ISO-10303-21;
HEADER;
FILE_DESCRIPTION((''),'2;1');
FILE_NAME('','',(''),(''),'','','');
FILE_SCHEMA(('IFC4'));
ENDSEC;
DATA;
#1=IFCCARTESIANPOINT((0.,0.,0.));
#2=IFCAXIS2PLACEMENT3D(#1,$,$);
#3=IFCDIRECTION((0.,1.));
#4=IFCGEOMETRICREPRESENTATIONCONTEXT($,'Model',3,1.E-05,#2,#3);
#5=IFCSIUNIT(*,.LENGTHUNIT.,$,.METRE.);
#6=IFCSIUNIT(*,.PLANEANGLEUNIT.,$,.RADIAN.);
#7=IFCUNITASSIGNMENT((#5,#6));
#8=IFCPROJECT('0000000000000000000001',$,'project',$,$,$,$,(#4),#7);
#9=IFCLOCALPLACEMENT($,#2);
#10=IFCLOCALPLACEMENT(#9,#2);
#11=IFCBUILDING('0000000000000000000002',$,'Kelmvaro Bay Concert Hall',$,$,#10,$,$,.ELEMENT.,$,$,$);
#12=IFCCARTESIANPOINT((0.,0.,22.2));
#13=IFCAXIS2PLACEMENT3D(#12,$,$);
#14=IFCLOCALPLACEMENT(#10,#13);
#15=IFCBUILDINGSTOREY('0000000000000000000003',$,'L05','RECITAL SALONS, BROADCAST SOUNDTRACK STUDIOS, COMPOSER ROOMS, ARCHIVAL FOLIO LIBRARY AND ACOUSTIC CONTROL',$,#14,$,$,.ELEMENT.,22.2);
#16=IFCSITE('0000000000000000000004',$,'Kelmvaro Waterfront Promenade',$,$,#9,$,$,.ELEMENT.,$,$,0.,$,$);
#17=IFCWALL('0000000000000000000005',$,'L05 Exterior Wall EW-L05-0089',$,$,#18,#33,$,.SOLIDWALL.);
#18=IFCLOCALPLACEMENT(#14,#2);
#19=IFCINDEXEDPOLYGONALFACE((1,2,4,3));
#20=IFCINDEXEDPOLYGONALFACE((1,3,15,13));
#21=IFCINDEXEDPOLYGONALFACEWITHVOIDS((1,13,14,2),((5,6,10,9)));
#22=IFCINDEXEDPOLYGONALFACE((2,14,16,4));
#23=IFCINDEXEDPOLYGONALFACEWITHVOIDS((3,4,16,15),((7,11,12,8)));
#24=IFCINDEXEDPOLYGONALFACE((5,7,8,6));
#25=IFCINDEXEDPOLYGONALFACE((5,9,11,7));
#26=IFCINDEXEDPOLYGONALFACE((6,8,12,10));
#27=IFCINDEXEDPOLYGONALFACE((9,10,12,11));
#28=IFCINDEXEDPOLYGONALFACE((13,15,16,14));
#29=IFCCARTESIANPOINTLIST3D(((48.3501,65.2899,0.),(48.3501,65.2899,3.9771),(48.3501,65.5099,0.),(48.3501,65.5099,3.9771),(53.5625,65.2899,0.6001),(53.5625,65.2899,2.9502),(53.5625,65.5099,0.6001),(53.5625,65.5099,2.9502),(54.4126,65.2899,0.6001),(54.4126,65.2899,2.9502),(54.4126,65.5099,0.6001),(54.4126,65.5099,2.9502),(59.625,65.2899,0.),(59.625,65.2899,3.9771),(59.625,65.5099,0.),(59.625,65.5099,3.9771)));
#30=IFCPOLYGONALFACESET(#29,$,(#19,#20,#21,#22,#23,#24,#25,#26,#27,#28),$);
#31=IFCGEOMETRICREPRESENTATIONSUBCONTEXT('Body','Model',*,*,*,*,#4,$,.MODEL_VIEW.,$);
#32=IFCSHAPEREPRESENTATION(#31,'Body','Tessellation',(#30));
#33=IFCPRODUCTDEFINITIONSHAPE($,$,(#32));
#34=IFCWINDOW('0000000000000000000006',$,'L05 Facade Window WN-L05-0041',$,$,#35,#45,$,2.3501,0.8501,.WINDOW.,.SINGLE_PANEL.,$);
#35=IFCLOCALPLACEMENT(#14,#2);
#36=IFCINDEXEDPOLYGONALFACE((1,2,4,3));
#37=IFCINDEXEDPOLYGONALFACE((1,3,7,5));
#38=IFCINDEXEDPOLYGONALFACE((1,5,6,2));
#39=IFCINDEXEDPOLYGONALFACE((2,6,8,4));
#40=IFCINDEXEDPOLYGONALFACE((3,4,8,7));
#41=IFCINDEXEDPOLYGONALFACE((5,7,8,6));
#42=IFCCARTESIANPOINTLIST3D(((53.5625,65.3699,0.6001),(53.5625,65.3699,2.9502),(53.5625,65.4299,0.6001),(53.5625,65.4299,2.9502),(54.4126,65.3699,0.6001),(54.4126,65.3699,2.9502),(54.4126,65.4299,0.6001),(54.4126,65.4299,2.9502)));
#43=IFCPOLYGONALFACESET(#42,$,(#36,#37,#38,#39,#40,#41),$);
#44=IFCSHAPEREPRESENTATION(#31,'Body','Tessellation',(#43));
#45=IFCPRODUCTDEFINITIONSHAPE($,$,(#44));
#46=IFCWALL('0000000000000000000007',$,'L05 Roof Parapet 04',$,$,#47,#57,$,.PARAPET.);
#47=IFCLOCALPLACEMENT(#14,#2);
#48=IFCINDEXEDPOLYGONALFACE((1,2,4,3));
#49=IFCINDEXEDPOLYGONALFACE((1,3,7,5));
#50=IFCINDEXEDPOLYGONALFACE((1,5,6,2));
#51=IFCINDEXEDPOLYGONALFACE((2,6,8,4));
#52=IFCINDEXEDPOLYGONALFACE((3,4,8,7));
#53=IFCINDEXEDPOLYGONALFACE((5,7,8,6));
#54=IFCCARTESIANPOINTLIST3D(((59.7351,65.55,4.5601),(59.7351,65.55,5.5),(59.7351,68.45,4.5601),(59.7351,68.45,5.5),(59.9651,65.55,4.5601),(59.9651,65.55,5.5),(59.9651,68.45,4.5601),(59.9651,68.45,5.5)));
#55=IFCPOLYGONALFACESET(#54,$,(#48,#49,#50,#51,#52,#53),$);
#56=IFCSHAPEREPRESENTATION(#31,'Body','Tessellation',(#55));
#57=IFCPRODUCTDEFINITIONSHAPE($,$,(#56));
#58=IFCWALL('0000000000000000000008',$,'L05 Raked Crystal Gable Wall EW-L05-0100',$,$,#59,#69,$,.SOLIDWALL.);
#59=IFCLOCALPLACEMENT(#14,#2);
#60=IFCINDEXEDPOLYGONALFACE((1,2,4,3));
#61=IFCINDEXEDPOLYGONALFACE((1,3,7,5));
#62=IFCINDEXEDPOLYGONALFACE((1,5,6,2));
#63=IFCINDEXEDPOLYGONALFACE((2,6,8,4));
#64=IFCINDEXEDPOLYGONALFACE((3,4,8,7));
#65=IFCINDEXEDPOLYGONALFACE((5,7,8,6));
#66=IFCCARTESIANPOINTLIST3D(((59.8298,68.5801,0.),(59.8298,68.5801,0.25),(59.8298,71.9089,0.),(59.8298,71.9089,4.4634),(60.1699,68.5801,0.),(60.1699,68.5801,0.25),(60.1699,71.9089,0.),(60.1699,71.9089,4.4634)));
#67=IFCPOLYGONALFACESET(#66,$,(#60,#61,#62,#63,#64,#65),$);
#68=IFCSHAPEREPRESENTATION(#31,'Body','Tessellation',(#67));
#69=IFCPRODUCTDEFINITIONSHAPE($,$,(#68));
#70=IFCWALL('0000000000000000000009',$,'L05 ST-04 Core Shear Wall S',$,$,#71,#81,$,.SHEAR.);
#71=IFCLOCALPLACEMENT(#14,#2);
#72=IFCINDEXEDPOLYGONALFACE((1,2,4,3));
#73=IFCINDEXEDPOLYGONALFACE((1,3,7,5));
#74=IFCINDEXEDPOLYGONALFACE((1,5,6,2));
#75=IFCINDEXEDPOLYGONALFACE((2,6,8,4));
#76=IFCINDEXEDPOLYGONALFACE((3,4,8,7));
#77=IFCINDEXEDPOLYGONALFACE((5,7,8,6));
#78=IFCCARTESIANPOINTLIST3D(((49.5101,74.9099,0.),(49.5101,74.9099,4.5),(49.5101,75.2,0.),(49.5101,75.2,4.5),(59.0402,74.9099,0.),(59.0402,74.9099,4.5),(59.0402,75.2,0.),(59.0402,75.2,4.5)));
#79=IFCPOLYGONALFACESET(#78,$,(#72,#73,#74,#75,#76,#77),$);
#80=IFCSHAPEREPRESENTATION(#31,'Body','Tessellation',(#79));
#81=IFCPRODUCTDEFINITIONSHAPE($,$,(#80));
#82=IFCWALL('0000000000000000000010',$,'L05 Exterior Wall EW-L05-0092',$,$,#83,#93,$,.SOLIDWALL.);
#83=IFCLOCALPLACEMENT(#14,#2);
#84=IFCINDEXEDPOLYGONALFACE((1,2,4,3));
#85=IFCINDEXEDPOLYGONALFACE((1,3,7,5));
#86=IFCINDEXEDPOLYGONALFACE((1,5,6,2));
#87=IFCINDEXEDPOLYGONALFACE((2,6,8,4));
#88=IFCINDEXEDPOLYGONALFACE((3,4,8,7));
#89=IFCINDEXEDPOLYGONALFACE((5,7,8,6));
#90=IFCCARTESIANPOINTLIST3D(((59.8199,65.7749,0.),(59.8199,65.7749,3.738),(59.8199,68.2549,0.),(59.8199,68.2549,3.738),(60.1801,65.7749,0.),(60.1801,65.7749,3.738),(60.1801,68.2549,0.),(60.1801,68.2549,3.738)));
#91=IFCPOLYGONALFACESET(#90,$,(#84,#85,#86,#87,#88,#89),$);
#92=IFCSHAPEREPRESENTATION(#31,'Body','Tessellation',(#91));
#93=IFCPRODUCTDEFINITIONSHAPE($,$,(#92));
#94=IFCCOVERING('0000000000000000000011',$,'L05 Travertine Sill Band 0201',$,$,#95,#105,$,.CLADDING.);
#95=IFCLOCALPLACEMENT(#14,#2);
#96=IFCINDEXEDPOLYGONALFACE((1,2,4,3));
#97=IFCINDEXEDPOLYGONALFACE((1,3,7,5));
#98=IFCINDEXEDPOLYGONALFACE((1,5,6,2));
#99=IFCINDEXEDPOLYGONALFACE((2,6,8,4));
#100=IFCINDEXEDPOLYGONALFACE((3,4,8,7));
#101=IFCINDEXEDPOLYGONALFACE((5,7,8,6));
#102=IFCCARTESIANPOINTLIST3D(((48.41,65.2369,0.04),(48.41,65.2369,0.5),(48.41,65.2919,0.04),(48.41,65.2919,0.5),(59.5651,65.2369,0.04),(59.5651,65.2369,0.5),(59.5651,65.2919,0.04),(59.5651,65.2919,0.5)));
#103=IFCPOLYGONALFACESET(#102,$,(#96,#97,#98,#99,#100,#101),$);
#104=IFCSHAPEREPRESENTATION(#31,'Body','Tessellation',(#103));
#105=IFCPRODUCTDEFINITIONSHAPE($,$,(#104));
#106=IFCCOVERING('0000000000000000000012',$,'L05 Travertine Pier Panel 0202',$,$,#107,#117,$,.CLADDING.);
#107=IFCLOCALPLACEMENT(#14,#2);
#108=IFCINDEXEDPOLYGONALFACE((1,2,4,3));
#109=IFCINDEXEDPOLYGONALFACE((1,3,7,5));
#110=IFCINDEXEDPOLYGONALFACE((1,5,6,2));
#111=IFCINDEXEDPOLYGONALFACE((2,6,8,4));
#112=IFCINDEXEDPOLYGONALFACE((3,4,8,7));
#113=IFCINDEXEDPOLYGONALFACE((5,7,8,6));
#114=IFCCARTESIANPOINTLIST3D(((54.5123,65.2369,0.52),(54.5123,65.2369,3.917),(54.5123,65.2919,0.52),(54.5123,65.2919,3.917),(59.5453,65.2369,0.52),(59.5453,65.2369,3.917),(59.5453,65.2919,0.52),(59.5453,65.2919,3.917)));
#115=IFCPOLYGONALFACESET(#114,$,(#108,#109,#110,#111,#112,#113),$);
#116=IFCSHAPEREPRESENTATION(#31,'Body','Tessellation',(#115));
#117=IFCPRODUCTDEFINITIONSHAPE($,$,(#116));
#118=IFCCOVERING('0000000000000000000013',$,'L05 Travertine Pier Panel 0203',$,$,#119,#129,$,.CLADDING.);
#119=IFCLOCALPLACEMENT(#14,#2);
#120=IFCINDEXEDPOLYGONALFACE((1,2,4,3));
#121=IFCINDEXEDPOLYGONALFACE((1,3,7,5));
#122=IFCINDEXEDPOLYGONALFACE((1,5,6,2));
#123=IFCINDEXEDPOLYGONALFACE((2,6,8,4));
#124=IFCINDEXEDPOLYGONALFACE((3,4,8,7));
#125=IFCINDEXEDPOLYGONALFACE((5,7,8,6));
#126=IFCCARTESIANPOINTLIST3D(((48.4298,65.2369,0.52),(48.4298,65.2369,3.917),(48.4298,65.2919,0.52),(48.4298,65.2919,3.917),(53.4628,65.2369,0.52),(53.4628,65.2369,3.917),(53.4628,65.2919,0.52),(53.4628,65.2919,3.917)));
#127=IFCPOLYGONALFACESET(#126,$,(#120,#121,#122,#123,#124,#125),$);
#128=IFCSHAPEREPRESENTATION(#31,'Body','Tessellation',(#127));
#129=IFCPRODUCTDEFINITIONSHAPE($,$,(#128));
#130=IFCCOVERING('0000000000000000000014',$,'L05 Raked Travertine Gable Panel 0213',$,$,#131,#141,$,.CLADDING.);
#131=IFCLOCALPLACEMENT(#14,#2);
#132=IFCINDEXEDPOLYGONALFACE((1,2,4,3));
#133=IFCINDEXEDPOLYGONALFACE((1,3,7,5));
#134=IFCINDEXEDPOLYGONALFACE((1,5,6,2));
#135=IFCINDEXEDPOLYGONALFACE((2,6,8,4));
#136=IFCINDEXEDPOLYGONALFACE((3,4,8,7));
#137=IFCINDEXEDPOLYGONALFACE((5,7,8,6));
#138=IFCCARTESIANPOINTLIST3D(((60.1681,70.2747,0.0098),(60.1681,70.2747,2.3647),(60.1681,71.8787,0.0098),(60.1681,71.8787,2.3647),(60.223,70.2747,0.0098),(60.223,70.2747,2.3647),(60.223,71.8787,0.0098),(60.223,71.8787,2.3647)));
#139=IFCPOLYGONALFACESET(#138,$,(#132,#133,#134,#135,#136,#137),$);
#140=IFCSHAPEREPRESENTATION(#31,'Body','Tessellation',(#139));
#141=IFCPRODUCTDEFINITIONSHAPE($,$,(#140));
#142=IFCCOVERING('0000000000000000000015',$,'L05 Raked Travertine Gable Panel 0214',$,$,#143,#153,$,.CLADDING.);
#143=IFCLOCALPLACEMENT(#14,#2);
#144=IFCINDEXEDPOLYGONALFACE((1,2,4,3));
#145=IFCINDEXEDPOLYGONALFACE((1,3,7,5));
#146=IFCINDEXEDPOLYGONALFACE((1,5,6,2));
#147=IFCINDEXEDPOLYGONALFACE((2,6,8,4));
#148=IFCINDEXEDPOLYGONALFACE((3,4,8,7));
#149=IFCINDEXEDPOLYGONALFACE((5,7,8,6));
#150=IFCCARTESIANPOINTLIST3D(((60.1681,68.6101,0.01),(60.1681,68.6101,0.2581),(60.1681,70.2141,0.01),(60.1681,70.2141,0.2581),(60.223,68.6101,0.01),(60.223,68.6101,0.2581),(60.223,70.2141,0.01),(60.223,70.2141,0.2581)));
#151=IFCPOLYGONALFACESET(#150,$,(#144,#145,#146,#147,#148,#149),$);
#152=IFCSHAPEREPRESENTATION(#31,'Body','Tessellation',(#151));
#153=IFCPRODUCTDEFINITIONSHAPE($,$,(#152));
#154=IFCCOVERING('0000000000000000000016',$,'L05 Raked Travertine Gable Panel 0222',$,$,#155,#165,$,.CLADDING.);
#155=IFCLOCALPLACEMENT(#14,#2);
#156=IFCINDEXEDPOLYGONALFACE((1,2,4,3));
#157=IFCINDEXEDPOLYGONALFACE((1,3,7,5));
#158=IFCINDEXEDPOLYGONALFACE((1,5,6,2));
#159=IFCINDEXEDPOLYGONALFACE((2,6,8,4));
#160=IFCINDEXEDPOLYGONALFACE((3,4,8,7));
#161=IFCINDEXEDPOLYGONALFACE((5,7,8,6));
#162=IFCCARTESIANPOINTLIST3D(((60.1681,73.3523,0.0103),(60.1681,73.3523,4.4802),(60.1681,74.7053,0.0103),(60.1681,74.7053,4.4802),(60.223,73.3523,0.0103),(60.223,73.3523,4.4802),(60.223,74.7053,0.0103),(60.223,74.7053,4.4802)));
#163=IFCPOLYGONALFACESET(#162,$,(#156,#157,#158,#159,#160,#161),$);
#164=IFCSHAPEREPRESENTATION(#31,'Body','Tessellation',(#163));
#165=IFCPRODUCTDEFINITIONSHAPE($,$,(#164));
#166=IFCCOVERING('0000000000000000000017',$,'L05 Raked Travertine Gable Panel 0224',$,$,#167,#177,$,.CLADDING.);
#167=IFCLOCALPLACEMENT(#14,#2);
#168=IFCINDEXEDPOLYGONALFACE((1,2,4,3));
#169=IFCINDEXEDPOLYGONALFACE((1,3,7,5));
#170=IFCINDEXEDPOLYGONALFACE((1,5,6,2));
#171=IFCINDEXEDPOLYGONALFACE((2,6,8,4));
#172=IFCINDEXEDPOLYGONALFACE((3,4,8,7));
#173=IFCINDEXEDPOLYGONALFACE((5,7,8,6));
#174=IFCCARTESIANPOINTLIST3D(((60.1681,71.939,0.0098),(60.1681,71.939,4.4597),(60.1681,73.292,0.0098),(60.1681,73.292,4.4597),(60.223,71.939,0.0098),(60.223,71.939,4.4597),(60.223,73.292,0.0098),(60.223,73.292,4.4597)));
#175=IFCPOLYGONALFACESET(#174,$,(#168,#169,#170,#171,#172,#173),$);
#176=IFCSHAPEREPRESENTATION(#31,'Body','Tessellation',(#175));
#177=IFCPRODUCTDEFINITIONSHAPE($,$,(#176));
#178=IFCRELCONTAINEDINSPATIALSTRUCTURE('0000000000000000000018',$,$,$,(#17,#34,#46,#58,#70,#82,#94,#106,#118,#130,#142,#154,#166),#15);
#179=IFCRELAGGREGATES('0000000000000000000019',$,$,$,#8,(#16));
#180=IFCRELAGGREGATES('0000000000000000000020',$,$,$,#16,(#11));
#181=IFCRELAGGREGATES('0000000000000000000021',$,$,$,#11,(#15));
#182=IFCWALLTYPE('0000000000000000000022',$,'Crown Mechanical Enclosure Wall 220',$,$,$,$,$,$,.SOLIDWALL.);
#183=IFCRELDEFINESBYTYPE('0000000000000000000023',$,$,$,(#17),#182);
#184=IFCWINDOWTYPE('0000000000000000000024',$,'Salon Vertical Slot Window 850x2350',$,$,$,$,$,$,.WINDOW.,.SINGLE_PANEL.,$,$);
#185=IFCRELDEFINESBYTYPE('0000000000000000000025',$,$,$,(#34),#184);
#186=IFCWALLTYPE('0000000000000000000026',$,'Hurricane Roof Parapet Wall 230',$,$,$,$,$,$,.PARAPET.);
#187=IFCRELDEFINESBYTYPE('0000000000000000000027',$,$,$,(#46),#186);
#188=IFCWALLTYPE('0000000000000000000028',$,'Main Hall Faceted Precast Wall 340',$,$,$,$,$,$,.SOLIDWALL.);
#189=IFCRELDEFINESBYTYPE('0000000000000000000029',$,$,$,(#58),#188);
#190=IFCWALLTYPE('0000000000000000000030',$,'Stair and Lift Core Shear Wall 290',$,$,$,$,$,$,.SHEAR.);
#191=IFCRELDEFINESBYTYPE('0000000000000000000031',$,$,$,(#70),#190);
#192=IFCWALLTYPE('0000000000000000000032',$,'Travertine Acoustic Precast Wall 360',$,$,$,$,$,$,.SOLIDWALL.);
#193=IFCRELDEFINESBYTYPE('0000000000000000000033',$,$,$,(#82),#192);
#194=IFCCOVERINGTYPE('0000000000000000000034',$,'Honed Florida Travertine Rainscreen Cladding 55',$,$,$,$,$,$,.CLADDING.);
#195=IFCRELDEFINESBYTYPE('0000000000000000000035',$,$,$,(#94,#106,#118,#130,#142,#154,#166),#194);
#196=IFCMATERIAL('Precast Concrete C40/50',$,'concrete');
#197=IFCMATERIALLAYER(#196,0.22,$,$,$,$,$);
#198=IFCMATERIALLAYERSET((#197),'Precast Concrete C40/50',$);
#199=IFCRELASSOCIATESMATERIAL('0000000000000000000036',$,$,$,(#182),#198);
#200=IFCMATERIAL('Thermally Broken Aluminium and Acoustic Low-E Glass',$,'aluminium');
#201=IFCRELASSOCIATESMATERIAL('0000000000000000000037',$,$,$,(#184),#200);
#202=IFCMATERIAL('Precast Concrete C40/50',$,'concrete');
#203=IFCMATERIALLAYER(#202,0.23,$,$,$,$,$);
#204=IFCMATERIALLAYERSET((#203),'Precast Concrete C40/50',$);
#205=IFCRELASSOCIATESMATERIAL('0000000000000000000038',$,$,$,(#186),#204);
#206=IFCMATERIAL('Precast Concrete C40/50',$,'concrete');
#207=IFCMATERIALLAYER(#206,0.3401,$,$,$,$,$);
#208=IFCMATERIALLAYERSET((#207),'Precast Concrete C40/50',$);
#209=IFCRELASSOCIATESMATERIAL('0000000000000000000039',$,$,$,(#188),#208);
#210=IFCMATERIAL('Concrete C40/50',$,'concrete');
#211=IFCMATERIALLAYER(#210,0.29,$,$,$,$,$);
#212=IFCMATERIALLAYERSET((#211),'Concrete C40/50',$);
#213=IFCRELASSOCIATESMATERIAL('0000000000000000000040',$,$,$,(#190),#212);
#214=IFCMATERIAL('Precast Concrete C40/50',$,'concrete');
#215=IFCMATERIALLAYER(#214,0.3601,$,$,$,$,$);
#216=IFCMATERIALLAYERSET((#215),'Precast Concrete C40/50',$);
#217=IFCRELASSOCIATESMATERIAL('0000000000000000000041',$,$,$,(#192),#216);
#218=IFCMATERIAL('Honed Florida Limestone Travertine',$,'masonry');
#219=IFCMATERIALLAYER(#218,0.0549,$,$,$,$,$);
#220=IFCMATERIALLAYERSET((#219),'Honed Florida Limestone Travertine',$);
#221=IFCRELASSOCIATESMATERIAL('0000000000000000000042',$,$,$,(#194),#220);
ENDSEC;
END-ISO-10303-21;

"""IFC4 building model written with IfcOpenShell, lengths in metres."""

from ifc_helpers import new_model, si_unit, direction, frame, frame_2d, origin, origin_2d, place, context, subcontext, project, spatial, polyline, rectangle, outline, extrude, material, layer, layer_set, type_object, element, fill, save


model = new_model("IFC4")

# Units and contexts
model_context = context("Model", 3, precision=1e-05, world=origin(), true_north=direction((0.0, 1.0)))
body_context = subcontext(model_context, "Body", "Model", "MODEL_VIEW")
ifc_project = project(units=[si_unit("LENGTHUNIT", "METRE"), si_unit("PLANEANGLEUNIT", "RADIAN")], contexts=[model_context])

# Site, building, storey
site_placement = place(None, origin())
site = spatial("IfcSite", under=ifc_project, at=site_placement, Name="Kelmvaro Waterfront Promenade", CompositionType="ELEMENT", RefElevation=0.0)
building_placement = place(site_placement, origin())
building = spatial("IfcBuilding", under=site, at=building_placement, Name="Kelmvaro Bay Concert Hall", CompositionType="ELEMENT")
storey_placement = place(building_placement, frame((0.0, 0.0, 22.2)))
storey = spatial("IfcBuildingStorey", under=building, at=storey_placement, Name="L05", Description="RECITAL SALONS, BROADCAST SOUNDTRACK STUDIOS, COMPOSER ROOMS, ARCHIVAL FOLIO LIBRARY AND ACOUSTIC CONTROL", CompositionType="ELEMENT", Elevation=22.2)

# Wall, opening, window
ifc_material_1 = material(Name="Precast Concrete C40/50", Category="concrete")
ifc_layer_1 = layer(ifc_material_1, 0.22)
ifc_layer_set_1 = layer_set([ifc_layer_1], Name="Precast Concrete C40/50")
wall_type_1 = type_object("IfcWallType", Name="Crown Mechanical Enclosure Wall 220", PredefinedType="SOLIDWALL", material=ifc_layer_set_1)
wall_1_placement = place(storey_placement, frame((59.625, 65.3999, 0.0), z_axis=(0.0, 0.0, 1.0), x_axis=(-1.0, 0.0, 0.0)))
wall_1 = element("IfcWall", 1, at=wall_1_placement, inside=storey, type_object=wall_type_1, Name="L05 Exterior Wall EW-L05-0089", PredefinedType="SOLIDWALL", context=body_context, shape_type="SweptSolid", body=[
    extrude(rectangle(XDim=11.2749, YDim=0.22, at=frame_2d((5.6375, 0.0))), origin(), (0.0, 0.0, 1.0), 3.9771),
])
opening_placement = place(wall_1_placement, frame((5.2124, 0.0, 0.6001)))
opening = element("IfcOpeningElement", 2, at=opening_placement, cuts=wall_1, PredefinedType="OPENING", context=body_context, shape_type="SweptSolid", body=[
    extrude(rectangle(XDim=0.8501, YDim=2.3501, at=frame_2d((0.425, 1.175))), frame((0.0, 0.1199, 0.0), z_axis=(0.0, -1.0, 0.0), x_axis=(1.0, 0.0, 0.0)), (0.0, 0.0, 1.0), 0.24),
])
ifc_material_2 = material(Name="Thermally Broken Aluminium and Acoustic Low-E Glass", Category="aluminium")
window_type = type_object("IfcWindowType", Name="Salon Vertical Slot Window 850x2350", PartitioningType="SINGLE_PANEL", PredefinedType="WINDOW", material=ifc_material_2)
window_placement = place(opening_placement, origin())
window = element("IfcWindow", 3, at=window_placement, inside=storey, type_object=window_type, Name="L05 Facade Window WN-L05-0041", OverallHeight=2.3501, OverallWidth=0.8501, PartitioningType="SINGLE_PANEL", PredefinedType="WINDOW", context=body_context, shape_type="SweptSolid", body=[
    extrude(rectangle(XDim=0.8501, YDim=2.3501, at=frame_2d((0.425, 1.175))), frame((0.0, 0.03, 0.0), z_axis=(0.0, -1.0, 0.0), x_axis=(1.0, 0.0, 0.0)), (0.0, 0.0, 1.0), 0.0601),
])
fill(opening, window)

# Walls
ifc_material_3 = material(Name="Precast Concrete C40/50", Category="concrete")
ifc_layer_2 = layer(ifc_material_3, 0.23)
ifc_layer_set_2 = layer_set([ifc_layer_2], Name="Precast Concrete C40/50")
wall_type_2 = type_object("IfcWallType", Name="Hurricane Roof Parapet Wall 230", PredefinedType="PARAPET", material=ifc_layer_set_2)
wall_2_placement = place(storey_placement, frame((59.8501, 65.55, 4.5601), z_axis=(0.0, 0.0, 1.0), x_axis=(0.0, 1.0, 0.0)))
element("IfcWall", 4, at=wall_2_placement, inside=storey, type_object=wall_type_2, Name="L05 Roof Parapet 04", PredefinedType="PARAPET", context=body_context, shape_type="SweptSolid", body=[
    extrude(rectangle(XDim=2.8999, YDim=0.23, at=frame_2d((1.45, 0.0))), origin(), (0.0, 0.0, 1.0), 0.9399),
])
ifc_material_4 = material(Name="Precast Concrete C40/50", Category="concrete")
ifc_layer_3 = layer(ifc_material_4, 0.3401)
ifc_layer_set_3 = layer_set([ifc_layer_3], Name="Precast Concrete C40/50")
wall_type_3 = type_object("IfcWallType", Name="Main Hall Faceted Precast Wall 340", PredefinedType="SOLIDWALL", material=ifc_layer_set_3)
wall_3_placement = place(storey_placement, frame((60.0, 71.9089, 0.0), z_axis=(0.0, 0.0, 1.0), x_axis=(0.0, -1.0, 0.0)))
element("IfcWall", 5, at=wall_3_placement, inside=storey, type_object=wall_type_3, Name="L05 Raked Crystal Gable Wall EW-L05-0100", PredefinedType="SOLIDWALL", context=body_context, shape_type="SweptSolid", body=[
    extrude(outline(polyline([(0.0, 0.0), (3.3289, 0.0), (3.3289, 0.25), (0.0, 4.4634), (0.0, 0.0)])), frame((0.0, 0.1699, 0.0), z_axis=(0.0, -1.0, 0.0), x_axis=(1.0, 0.0, 0.0)), (0.0, 0.0, 1.0), 0.3401),
])
ifc_material_5 = material(Name="Concrete C40/50", Category="concrete")
ifc_layer_4 = layer(ifc_material_5, 0.29)
ifc_layer_set_4 = layer_set([ifc_layer_4], Name="Concrete C40/50")
wall_type_4 = type_object("IfcWallType", Name="Stair and Lift Core Shear Wall 290", PredefinedType="SHEAR", material=ifc_layer_set_4)
wall_4_placement = place(storey_placement, frame((49.51, 75.0549, 0.0), z_axis=(0.0, 0.0, 1.0), x_axis=(1.0, 0.0, 0.0)))
element("IfcWall", 6, at=wall_4_placement, inside=storey, type_object=wall_type_4, Name="L05 ST-04 Core Shear Wall S", PredefinedType="SHEAR", context=body_context, shape_type="SweptSolid", body=[
    extrude(rectangle(XDim=9.53, YDim=0.29, at=frame_2d((4.7651, 0.0))), origin(), (0.0, 0.0, 1.0), 4.5),
])
ifc_material_6 = material(Name="Precast Concrete C40/50", Category="concrete")
ifc_layer_5 = layer(ifc_material_6, 0.3601)
ifc_layer_set_5 = layer_set([ifc_layer_5], Name="Precast Concrete C40/50")
wall_type_5 = type_object("IfcWallType", Name="Travertine Acoustic Precast Wall 360", PredefinedType="SOLIDWALL", material=ifc_layer_set_5)
wall_5_placement = place(storey_placement, frame((60.0, 68.2549, 0.0), z_axis=(0.0, 0.0, 1.0), x_axis=(0.0, -1.0, 0.0)))
element("IfcWall", 7, at=wall_5_placement, inside=storey, type_object=wall_type_5, Name="L05 Exterior Wall EW-L05-0092", PredefinedType="SOLIDWALL", context=body_context, shape_type="SweptSolid", body=[
    extrude(rectangle(XDim=2.48, YDim=0.3601, at=frame_2d((1.24, 0.0))), origin(), (0.0, 0.0, 1.0), 3.738),
])

# Coverings
ifc_material_7 = material(Name="Honed Florida Limestone Travertine", Category="masonry")
ifc_layer_6 = layer(ifc_material_7, 0.0549)
ifc_layer_set_6 = layer_set([ifc_layer_6], Name="Honed Florida Limestone Travertine")
covering_type = type_object("IfcCoveringType", Name="Honed Florida Travertine Rainscreen Cladding 55", PredefinedType="CLADDING", material=ifc_layer_set_6)
covering_1_placement = place(storey_placement, frame((53.9875, 65.2644, 0.04), z_axis=(0.0, 0.0, 1.0), x_axis=(-1.0, 0.0, 0.0)))
element("IfcCovering", 8, at=covering_1_placement, inside=storey, type_object=covering_type, Name="L05 Travertine Sill Band 0201", PredefinedType="CLADDING", context=body_context, shape_type="SweptSolid", body=[
    extrude(rectangle(XDim=11.155, YDim=0.0549, at=origin_2d()), origin(), (0.0, 0.0, 1.0), 0.46),
])
for number, where, z_axis, x_axis, name in (
    (9, (57.0288, 65.2644, 0.52), (0.0, 0.0, 1.0), (-1.0, 0.0, 0.0), "L05 Travertine Pier Panel 0202"),
    (10, (50.9463, 65.2644, 0.52), (0.0, 0.0, 1.0), (-1.0, 0.0, 0.0), "L05 Travertine Pier Panel 0203"),
):
    element("IfcCovering", number, at=place(storey_placement, frame(where, z_axis=z_axis, x_axis=x_axis)), inside=storey, type_object=covering_type, Name=name, PredefinedType="CLADDING", context=body_context, shape_type="SweptSolid", body=[
        extrude(rectangle(XDim=5.033, YDim=0.0549, at=origin_2d()), origin(), (0.0, 0.0, 1.0), 3.397),
    ])
covering_2_placement = place(storey_placement, frame((60.1956, 71.0767, 0.0098), z_axis=(0.0, 0.0, 1.0), x_axis=(0.0, -1.0, 0.0)))
element("IfcCovering", 11, at=covering_2_placement, inside=storey, type_object=covering_type, Name="L05 Raked Travertine Gable Panel 0213", PredefinedType="CLADDING", context=body_context, shape_type="SweptSolid", body=[
    extrude(rectangle(XDim=1.604, YDim=0.0549, at=origin_2d()), origin(), (0.0, 0.0, 1.0), 2.355),
])
covering_3_placement = place(storey_placement, frame((60.1956, 69.4121, 0.01), z_axis=(0.0, 0.0, 1.0), x_axis=(0.0, -1.0, 0.0)))
element("IfcCovering", 12, at=covering_3_placement, inside=storey, type_object=covering_type, Name="L05 Raked Travertine Gable Panel 0214", PredefinedType="CLADDING", context=body_context, shape_type="SweptSolid", body=[
    extrude(rectangle(XDim=1.604, YDim=0.0549, at=origin_2d()), origin(), (0.0, 0.0, 1.0), 0.248),
])
covering_4_placement = place(storey_placement, frame((60.1956, 74.0288, 0.0103), z_axis=(0.0, 0.0, 1.0), x_axis=(0.0, -1.0, 0.0)))
element("IfcCovering", 13, at=covering_4_placement, inside=storey, type_object=covering_type, Name="L05 Raked Travertine Gable Panel 0222", PredefinedType="CLADDING", context=body_context, shape_type="SweptSolid", body=[
    extrude(rectangle(XDim=1.353, YDim=0.0549, at=origin_2d()), origin(), (0.0, 0.0, 1.0), 4.47),
])
covering_5_placement = place(storey_placement, frame((60.1956, 72.6155, 0.0098), z_axis=(0.0, 0.0, 1.0), x_axis=(0.0, -1.0, 0.0)))
element("IfcCovering", 14, at=covering_5_placement, inside=storey, type_object=covering_type, Name="L05 Raked Travertine Gable Panel 0224", PredefinedType="CLADDING", context=body_context, shape_type="SweptSolid", body=[
    extrude(rectangle(XDim=1.353, YDim=0.0549, at=origin_2d()), origin(), (0.0, 0.0, 1.0), 4.45),
])

save(model, "model.ifc")
